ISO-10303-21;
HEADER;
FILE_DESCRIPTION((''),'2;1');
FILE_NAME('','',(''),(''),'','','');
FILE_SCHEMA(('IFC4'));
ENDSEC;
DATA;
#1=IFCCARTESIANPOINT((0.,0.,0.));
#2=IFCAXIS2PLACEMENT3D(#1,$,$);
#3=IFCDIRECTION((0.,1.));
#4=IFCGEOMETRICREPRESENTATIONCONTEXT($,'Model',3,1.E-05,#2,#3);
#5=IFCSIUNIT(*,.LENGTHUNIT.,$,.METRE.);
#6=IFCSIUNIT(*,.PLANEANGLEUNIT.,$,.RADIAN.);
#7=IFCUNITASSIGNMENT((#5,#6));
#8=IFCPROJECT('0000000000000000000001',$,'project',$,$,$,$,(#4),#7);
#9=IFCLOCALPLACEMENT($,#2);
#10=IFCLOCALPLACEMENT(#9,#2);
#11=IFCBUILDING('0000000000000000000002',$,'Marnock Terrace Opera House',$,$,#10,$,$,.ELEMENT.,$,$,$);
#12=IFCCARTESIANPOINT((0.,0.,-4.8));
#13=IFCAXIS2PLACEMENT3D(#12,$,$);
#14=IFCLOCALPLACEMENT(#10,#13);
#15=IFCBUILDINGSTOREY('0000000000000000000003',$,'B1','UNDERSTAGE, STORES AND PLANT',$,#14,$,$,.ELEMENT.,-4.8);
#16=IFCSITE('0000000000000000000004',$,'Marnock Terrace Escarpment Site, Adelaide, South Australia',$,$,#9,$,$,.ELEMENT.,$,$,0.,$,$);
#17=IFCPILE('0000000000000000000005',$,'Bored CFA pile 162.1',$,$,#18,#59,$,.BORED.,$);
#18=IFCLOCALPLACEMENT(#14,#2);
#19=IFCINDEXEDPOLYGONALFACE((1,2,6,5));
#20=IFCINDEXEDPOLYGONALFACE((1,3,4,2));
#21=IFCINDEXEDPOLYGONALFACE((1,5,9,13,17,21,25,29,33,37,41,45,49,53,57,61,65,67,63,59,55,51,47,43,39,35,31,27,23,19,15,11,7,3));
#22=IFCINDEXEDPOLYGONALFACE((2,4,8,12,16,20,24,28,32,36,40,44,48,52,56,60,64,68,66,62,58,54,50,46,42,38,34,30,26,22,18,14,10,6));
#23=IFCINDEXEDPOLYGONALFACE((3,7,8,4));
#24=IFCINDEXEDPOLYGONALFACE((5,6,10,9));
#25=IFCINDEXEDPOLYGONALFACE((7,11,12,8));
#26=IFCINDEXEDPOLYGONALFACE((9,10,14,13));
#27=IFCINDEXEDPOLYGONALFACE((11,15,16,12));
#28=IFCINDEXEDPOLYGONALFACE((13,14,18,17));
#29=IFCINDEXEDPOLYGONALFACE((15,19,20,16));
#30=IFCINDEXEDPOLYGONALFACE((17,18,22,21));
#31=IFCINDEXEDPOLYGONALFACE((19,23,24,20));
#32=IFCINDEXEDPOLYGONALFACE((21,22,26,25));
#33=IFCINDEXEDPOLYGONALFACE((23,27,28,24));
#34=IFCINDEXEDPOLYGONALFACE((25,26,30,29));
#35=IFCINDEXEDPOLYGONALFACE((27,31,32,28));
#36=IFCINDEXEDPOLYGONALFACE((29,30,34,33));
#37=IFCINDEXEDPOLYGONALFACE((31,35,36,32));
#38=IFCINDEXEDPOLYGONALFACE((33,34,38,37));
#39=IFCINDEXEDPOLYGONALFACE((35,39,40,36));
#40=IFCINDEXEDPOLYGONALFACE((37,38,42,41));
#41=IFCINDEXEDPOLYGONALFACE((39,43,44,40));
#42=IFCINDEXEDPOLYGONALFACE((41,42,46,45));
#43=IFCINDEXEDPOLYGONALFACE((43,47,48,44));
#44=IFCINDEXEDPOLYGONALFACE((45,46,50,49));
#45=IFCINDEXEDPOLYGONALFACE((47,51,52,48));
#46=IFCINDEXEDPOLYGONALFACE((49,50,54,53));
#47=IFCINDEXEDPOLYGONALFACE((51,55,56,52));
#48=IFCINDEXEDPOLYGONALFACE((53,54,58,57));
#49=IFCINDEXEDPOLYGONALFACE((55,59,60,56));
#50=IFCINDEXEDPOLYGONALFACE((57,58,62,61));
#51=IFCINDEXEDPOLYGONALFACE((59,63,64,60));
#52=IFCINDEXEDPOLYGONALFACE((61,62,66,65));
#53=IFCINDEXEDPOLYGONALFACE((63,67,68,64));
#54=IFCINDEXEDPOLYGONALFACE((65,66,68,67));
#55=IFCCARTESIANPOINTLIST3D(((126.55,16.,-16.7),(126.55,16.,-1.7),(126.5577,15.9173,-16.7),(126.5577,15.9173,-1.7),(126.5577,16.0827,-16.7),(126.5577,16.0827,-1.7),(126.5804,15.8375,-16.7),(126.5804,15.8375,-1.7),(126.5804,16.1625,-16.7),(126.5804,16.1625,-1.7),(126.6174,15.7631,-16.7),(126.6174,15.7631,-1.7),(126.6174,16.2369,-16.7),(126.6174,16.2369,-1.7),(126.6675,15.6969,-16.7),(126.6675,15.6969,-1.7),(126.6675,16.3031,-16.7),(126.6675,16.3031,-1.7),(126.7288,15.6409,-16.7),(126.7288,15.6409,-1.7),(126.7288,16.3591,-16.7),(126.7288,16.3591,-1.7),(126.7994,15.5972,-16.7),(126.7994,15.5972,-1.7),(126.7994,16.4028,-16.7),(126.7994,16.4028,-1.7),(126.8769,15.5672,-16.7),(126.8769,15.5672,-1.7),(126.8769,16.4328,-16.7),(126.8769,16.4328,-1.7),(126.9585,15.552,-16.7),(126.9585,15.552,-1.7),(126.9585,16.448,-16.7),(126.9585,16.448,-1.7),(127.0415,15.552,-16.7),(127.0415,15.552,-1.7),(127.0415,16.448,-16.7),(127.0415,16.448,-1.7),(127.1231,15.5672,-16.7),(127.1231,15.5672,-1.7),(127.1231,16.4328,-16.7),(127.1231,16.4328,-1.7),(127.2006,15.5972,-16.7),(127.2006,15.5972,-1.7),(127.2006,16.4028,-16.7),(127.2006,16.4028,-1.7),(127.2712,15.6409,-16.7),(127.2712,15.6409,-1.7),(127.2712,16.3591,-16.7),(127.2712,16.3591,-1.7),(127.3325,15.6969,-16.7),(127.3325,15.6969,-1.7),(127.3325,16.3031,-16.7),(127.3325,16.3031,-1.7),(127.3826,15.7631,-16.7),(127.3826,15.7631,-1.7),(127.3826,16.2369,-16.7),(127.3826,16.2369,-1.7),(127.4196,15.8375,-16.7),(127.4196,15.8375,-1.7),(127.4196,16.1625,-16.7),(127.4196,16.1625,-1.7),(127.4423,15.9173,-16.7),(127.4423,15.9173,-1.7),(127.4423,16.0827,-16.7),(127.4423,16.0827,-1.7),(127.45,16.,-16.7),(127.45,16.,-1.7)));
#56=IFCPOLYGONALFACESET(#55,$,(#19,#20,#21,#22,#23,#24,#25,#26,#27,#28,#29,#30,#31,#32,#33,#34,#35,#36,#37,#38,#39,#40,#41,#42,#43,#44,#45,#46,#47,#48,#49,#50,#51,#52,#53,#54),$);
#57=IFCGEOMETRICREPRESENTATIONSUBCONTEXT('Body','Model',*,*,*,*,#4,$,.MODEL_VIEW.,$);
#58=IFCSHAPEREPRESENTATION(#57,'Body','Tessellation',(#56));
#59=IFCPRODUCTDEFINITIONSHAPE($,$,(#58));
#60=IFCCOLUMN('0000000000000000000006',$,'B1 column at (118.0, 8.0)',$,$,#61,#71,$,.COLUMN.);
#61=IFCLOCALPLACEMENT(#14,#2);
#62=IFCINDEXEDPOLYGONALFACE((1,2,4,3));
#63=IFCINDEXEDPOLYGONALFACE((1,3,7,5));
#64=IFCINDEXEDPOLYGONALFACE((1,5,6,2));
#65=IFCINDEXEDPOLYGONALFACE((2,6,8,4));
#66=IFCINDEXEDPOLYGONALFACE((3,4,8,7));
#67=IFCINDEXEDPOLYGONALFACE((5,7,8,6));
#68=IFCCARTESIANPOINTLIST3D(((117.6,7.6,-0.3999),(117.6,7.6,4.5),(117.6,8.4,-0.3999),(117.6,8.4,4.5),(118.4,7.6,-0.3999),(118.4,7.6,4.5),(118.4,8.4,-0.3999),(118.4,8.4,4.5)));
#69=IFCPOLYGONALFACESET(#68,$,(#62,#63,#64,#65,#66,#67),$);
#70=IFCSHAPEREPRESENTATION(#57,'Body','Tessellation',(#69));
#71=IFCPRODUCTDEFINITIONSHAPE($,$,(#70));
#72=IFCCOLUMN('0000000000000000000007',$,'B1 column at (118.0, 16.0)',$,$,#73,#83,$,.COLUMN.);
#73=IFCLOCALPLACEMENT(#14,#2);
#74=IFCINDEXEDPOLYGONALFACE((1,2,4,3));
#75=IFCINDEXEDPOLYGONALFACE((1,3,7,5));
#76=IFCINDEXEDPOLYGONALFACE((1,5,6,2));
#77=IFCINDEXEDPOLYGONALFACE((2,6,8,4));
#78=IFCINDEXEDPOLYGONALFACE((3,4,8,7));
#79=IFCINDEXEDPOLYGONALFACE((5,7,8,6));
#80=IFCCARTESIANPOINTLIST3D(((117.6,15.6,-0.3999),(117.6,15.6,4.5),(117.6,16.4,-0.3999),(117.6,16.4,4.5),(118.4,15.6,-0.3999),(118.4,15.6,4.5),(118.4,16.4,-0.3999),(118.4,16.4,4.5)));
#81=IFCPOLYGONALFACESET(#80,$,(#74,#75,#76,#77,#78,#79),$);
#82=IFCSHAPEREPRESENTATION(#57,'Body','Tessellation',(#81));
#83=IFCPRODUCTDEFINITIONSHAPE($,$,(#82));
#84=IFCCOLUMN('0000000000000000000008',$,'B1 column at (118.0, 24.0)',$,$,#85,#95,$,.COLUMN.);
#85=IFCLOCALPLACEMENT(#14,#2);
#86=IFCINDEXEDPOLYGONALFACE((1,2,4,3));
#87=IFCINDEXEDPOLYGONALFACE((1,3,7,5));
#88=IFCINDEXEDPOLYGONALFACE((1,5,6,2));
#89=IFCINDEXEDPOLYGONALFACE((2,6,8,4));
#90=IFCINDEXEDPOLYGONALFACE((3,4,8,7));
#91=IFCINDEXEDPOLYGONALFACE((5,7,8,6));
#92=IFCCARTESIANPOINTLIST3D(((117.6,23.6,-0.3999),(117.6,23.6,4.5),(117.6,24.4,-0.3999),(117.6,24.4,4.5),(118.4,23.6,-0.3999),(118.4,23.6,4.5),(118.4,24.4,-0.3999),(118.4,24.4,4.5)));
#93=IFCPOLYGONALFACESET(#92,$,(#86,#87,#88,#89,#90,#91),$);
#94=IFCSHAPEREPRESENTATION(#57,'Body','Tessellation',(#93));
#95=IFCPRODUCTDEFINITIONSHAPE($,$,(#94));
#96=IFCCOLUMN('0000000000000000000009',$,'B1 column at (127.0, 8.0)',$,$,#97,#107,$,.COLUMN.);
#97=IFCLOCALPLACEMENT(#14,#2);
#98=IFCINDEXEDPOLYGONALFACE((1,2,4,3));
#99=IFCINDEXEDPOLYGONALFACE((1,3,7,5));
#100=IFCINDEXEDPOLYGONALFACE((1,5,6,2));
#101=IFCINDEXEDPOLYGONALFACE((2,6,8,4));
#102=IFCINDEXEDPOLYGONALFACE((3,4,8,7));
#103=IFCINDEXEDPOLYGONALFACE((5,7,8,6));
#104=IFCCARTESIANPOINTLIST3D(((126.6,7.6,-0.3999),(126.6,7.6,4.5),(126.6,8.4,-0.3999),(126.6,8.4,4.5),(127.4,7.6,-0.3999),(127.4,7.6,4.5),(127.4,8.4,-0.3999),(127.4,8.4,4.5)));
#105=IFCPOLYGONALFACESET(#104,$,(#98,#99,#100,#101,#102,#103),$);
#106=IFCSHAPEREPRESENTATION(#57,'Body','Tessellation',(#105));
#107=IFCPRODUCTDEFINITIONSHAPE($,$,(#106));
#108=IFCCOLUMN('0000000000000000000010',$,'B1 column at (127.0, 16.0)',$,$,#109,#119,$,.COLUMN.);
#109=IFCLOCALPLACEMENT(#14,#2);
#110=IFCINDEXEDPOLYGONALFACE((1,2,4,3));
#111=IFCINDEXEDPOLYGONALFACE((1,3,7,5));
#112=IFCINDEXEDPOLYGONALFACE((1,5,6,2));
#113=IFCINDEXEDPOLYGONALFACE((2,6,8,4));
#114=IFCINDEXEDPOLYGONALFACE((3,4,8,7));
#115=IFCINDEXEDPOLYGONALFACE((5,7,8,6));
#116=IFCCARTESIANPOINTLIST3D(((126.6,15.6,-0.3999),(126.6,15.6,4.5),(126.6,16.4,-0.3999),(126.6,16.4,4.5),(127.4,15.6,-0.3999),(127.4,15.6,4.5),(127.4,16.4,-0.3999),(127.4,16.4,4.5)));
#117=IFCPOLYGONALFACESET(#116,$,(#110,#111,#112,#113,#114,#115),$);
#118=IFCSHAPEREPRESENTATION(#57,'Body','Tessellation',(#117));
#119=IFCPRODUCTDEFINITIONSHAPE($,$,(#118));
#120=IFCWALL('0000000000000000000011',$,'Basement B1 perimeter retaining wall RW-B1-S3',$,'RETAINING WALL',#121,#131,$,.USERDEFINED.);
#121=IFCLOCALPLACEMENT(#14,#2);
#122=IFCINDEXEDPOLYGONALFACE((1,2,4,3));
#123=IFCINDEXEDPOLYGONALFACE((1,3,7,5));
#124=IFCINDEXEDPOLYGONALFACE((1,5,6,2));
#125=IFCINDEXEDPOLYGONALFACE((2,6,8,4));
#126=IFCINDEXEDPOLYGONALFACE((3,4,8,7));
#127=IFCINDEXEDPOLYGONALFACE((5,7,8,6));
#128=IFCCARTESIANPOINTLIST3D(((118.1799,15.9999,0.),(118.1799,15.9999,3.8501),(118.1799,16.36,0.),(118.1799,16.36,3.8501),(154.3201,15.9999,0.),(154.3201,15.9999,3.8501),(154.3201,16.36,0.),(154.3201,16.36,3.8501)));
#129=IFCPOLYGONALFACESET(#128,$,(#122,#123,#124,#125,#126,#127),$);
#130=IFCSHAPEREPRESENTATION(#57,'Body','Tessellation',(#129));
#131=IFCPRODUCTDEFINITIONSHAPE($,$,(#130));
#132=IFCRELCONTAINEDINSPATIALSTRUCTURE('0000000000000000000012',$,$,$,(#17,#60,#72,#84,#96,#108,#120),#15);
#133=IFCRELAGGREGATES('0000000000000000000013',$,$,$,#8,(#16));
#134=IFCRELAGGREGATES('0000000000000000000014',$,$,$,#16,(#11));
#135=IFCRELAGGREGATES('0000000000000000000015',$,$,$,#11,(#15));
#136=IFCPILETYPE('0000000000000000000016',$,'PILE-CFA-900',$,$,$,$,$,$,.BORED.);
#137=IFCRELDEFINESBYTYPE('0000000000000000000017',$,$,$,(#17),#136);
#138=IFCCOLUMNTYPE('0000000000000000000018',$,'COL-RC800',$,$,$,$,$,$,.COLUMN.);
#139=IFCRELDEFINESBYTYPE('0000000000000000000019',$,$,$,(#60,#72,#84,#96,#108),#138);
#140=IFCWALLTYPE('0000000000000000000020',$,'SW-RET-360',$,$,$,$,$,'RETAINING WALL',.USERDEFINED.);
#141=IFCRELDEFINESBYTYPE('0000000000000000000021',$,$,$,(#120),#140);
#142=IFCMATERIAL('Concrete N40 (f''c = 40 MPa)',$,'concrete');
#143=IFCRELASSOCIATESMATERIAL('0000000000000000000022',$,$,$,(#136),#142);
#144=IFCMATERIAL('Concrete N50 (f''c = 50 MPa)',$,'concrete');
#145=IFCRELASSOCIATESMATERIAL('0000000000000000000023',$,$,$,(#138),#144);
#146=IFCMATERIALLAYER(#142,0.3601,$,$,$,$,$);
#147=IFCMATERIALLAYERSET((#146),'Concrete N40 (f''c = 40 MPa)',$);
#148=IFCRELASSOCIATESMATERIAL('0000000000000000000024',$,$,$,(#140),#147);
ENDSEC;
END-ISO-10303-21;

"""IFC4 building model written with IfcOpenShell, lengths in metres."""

from ifc_helpers import new_model, si_unit, direction, frame, frame_2d, origin, origin_2d, place, context, subcontext, project, spatial, rectangle, circle, extrude, material, layer, layer_set, material_profile, profile_set, type_object, element, save


model = new_model("IFC4")

# Units and contexts
model_context = context("Model", 3, precision=1e-05, world=origin(), true_north=direction((0.0, 1.0)))
body_context = subcontext(model_context, "Body", "Model", "MODEL_VIEW")
ifc_project = project(units=[si_unit("LENGTHUNIT", "METRE"), si_unit("PLANEANGLEUNIT", "RADIAN")], contexts=[model_context])

# Site, building, storey
site_placement = place(None, origin())
site = spatial("IfcSite", under=ifc_project, at=site_placement, Name="Marnock Terrace Escarpment Site, Adelaide, South Australia", CompositionType="ELEMENT", RefElevation=0.0)
building_placement = place(site_placement, origin())
building = spatial("IfcBuilding", under=site, at=building_placement, Name="Marnock Terrace Opera House", CompositionType="ELEMENT")
storey_placement = place(building_placement, frame((0.0, 0.0, -4.8)))
storey = spatial("IfcBuildingStorey", under=building, at=storey_placement, Name="B1", Description="UNDERSTAGE, STORES AND PLANT", CompositionType="ELEMENT", Elevation=-4.8)

# Shared definitions
ifc_material_1 = material(Name="Concrete N40 (f'c = 40 MPa)", Category="concrete")

# Pile
ifc_material_profile_1 = material_profile(ifc_material_1, circle(Radius=0.45, at=origin_2d()))
ifc_profile_set_1 = profile_set([ifc_material_profile_1], Name="Concrete N40 (f'c = 40 MPa)")
pile_type_1 = type_object("IfcPileType", Name="PILE-CFA-900", PredefinedType="BORED", material=ifc_profile_set_1)
for number, where, z_axis, x_axis, name in (
    (1, (127.0, 16.0, -1.7), (0.0, 0.0, -1.0), (1.0, 0.0, 0.0), "Bored CFA pile 162.1"),
):
    element("IfcPile", number, at=place(storey_placement, frame(where, z_axis=z_axis, x_axis=x_axis)), inside=storey, type_object=pile_type_1, Name=name, PredefinedType="BORED", context=body_context, shape_type="SweptSolid", body=[
        extrude(circle(Radius=0.45, at=origin_2d()), origin(), (0.0, 0.0, 1.0), 15.0),
    ])

# Columns
ifc_material_2 = material(Name="Concrete N50 (f'c = 50 MPa)", Category="concrete")
ifc_material_profile_2 = material_profile(ifc_material_2, rectangle(XDim=0.8, YDim=0.8, at=origin_2d()))
ifc_profile_set_2 = profile_set([ifc_material_profile_2], Name="Concrete N50 (f'c = 50 MPa)")
column_type = type_object("IfcColumnType", Name="COL-RC800", PredefinedType="COLUMN", material=ifc_profile_set_2)
for number, where, z_axis, x_axis, name in (
    (2, (118.0, 8.0, -0.3999), (0.0, 0.0, 1.0), (1.0, 0.0, 0.0), "B1 column at (118.0, 8.0)"),
    (3, (118.0, 16.0, -0.3999), (0.0, 0.0, 1.0), (1.0, 0.0, 0.0), "B1 column at (118.0, 16.0)"),
    (4, (118.0, 24.0, -0.3999), (0.0, 0.0, 1.0), (1.0, 0.0, 0.0), "B1 column at (118.0, 24.0)"),
    (5, (127.0, 8.0, -0.3999), (0.0, 0.0, 1.0), (1.0, 0.0, 0.0), "B1 column at (127.0, 8.0)"),
    (6, (127.0, 16.0, -0.3999), (0.0, 0.0, 1.0), (1.0, 0.0, 0.0), "B1 column at (127.0, 16.0)"),
):
    element("IfcColumn", number, at=place(storey_placement, frame(where, z_axis=z_axis, x_axis=x_axis)), inside=storey, type_object=column_type, Name=name, PredefinedType="COLUMN", context=body_context, shape_type="SweptSolid", body=[
        extrude(rectangle(XDim=0.8, YDim=0.8, at=origin_2d()), origin(), (0.0, 0.0, 1.0), 4.8999),
    ])

# Wall
ifc_layer_1 = layer(ifc_material_1, 0.3601)
ifc_layer_set_1 = layer_set([ifc_layer_1], Name="Concrete N40 (f'c = 40 MPa)")
wall_type = type_object("IfcWallType", Name="SW-RET-360", ElementType="RETAINING WALL", PredefinedType="USERDEFINED", material=ifc_layer_set_1)
wall_placement = place(storey_placement, frame((118.1799, 16.1799, 0.0), z_axis=(0.0, 0.0, 1.0), x_axis=(1.0, 0.0, 0.0)))
element("IfcWall", 7, at=wall_placement, inside=storey, type_object=wall_type, Name="Basement B1 perimeter retaining wall RW-B1-S3", ObjectType="RETAINING WALL", PredefinedType="USERDEFINED", context=body_context, shape_type="SweptSolid", body=[
    extrude(rectangle(XDim=36.1401, YDim=0.3601, at=frame_2d((18.0701, 0.0))), origin(), (0.0, 0.0, 1.0), 3.8501),
])

save(model, "model.ifc")
